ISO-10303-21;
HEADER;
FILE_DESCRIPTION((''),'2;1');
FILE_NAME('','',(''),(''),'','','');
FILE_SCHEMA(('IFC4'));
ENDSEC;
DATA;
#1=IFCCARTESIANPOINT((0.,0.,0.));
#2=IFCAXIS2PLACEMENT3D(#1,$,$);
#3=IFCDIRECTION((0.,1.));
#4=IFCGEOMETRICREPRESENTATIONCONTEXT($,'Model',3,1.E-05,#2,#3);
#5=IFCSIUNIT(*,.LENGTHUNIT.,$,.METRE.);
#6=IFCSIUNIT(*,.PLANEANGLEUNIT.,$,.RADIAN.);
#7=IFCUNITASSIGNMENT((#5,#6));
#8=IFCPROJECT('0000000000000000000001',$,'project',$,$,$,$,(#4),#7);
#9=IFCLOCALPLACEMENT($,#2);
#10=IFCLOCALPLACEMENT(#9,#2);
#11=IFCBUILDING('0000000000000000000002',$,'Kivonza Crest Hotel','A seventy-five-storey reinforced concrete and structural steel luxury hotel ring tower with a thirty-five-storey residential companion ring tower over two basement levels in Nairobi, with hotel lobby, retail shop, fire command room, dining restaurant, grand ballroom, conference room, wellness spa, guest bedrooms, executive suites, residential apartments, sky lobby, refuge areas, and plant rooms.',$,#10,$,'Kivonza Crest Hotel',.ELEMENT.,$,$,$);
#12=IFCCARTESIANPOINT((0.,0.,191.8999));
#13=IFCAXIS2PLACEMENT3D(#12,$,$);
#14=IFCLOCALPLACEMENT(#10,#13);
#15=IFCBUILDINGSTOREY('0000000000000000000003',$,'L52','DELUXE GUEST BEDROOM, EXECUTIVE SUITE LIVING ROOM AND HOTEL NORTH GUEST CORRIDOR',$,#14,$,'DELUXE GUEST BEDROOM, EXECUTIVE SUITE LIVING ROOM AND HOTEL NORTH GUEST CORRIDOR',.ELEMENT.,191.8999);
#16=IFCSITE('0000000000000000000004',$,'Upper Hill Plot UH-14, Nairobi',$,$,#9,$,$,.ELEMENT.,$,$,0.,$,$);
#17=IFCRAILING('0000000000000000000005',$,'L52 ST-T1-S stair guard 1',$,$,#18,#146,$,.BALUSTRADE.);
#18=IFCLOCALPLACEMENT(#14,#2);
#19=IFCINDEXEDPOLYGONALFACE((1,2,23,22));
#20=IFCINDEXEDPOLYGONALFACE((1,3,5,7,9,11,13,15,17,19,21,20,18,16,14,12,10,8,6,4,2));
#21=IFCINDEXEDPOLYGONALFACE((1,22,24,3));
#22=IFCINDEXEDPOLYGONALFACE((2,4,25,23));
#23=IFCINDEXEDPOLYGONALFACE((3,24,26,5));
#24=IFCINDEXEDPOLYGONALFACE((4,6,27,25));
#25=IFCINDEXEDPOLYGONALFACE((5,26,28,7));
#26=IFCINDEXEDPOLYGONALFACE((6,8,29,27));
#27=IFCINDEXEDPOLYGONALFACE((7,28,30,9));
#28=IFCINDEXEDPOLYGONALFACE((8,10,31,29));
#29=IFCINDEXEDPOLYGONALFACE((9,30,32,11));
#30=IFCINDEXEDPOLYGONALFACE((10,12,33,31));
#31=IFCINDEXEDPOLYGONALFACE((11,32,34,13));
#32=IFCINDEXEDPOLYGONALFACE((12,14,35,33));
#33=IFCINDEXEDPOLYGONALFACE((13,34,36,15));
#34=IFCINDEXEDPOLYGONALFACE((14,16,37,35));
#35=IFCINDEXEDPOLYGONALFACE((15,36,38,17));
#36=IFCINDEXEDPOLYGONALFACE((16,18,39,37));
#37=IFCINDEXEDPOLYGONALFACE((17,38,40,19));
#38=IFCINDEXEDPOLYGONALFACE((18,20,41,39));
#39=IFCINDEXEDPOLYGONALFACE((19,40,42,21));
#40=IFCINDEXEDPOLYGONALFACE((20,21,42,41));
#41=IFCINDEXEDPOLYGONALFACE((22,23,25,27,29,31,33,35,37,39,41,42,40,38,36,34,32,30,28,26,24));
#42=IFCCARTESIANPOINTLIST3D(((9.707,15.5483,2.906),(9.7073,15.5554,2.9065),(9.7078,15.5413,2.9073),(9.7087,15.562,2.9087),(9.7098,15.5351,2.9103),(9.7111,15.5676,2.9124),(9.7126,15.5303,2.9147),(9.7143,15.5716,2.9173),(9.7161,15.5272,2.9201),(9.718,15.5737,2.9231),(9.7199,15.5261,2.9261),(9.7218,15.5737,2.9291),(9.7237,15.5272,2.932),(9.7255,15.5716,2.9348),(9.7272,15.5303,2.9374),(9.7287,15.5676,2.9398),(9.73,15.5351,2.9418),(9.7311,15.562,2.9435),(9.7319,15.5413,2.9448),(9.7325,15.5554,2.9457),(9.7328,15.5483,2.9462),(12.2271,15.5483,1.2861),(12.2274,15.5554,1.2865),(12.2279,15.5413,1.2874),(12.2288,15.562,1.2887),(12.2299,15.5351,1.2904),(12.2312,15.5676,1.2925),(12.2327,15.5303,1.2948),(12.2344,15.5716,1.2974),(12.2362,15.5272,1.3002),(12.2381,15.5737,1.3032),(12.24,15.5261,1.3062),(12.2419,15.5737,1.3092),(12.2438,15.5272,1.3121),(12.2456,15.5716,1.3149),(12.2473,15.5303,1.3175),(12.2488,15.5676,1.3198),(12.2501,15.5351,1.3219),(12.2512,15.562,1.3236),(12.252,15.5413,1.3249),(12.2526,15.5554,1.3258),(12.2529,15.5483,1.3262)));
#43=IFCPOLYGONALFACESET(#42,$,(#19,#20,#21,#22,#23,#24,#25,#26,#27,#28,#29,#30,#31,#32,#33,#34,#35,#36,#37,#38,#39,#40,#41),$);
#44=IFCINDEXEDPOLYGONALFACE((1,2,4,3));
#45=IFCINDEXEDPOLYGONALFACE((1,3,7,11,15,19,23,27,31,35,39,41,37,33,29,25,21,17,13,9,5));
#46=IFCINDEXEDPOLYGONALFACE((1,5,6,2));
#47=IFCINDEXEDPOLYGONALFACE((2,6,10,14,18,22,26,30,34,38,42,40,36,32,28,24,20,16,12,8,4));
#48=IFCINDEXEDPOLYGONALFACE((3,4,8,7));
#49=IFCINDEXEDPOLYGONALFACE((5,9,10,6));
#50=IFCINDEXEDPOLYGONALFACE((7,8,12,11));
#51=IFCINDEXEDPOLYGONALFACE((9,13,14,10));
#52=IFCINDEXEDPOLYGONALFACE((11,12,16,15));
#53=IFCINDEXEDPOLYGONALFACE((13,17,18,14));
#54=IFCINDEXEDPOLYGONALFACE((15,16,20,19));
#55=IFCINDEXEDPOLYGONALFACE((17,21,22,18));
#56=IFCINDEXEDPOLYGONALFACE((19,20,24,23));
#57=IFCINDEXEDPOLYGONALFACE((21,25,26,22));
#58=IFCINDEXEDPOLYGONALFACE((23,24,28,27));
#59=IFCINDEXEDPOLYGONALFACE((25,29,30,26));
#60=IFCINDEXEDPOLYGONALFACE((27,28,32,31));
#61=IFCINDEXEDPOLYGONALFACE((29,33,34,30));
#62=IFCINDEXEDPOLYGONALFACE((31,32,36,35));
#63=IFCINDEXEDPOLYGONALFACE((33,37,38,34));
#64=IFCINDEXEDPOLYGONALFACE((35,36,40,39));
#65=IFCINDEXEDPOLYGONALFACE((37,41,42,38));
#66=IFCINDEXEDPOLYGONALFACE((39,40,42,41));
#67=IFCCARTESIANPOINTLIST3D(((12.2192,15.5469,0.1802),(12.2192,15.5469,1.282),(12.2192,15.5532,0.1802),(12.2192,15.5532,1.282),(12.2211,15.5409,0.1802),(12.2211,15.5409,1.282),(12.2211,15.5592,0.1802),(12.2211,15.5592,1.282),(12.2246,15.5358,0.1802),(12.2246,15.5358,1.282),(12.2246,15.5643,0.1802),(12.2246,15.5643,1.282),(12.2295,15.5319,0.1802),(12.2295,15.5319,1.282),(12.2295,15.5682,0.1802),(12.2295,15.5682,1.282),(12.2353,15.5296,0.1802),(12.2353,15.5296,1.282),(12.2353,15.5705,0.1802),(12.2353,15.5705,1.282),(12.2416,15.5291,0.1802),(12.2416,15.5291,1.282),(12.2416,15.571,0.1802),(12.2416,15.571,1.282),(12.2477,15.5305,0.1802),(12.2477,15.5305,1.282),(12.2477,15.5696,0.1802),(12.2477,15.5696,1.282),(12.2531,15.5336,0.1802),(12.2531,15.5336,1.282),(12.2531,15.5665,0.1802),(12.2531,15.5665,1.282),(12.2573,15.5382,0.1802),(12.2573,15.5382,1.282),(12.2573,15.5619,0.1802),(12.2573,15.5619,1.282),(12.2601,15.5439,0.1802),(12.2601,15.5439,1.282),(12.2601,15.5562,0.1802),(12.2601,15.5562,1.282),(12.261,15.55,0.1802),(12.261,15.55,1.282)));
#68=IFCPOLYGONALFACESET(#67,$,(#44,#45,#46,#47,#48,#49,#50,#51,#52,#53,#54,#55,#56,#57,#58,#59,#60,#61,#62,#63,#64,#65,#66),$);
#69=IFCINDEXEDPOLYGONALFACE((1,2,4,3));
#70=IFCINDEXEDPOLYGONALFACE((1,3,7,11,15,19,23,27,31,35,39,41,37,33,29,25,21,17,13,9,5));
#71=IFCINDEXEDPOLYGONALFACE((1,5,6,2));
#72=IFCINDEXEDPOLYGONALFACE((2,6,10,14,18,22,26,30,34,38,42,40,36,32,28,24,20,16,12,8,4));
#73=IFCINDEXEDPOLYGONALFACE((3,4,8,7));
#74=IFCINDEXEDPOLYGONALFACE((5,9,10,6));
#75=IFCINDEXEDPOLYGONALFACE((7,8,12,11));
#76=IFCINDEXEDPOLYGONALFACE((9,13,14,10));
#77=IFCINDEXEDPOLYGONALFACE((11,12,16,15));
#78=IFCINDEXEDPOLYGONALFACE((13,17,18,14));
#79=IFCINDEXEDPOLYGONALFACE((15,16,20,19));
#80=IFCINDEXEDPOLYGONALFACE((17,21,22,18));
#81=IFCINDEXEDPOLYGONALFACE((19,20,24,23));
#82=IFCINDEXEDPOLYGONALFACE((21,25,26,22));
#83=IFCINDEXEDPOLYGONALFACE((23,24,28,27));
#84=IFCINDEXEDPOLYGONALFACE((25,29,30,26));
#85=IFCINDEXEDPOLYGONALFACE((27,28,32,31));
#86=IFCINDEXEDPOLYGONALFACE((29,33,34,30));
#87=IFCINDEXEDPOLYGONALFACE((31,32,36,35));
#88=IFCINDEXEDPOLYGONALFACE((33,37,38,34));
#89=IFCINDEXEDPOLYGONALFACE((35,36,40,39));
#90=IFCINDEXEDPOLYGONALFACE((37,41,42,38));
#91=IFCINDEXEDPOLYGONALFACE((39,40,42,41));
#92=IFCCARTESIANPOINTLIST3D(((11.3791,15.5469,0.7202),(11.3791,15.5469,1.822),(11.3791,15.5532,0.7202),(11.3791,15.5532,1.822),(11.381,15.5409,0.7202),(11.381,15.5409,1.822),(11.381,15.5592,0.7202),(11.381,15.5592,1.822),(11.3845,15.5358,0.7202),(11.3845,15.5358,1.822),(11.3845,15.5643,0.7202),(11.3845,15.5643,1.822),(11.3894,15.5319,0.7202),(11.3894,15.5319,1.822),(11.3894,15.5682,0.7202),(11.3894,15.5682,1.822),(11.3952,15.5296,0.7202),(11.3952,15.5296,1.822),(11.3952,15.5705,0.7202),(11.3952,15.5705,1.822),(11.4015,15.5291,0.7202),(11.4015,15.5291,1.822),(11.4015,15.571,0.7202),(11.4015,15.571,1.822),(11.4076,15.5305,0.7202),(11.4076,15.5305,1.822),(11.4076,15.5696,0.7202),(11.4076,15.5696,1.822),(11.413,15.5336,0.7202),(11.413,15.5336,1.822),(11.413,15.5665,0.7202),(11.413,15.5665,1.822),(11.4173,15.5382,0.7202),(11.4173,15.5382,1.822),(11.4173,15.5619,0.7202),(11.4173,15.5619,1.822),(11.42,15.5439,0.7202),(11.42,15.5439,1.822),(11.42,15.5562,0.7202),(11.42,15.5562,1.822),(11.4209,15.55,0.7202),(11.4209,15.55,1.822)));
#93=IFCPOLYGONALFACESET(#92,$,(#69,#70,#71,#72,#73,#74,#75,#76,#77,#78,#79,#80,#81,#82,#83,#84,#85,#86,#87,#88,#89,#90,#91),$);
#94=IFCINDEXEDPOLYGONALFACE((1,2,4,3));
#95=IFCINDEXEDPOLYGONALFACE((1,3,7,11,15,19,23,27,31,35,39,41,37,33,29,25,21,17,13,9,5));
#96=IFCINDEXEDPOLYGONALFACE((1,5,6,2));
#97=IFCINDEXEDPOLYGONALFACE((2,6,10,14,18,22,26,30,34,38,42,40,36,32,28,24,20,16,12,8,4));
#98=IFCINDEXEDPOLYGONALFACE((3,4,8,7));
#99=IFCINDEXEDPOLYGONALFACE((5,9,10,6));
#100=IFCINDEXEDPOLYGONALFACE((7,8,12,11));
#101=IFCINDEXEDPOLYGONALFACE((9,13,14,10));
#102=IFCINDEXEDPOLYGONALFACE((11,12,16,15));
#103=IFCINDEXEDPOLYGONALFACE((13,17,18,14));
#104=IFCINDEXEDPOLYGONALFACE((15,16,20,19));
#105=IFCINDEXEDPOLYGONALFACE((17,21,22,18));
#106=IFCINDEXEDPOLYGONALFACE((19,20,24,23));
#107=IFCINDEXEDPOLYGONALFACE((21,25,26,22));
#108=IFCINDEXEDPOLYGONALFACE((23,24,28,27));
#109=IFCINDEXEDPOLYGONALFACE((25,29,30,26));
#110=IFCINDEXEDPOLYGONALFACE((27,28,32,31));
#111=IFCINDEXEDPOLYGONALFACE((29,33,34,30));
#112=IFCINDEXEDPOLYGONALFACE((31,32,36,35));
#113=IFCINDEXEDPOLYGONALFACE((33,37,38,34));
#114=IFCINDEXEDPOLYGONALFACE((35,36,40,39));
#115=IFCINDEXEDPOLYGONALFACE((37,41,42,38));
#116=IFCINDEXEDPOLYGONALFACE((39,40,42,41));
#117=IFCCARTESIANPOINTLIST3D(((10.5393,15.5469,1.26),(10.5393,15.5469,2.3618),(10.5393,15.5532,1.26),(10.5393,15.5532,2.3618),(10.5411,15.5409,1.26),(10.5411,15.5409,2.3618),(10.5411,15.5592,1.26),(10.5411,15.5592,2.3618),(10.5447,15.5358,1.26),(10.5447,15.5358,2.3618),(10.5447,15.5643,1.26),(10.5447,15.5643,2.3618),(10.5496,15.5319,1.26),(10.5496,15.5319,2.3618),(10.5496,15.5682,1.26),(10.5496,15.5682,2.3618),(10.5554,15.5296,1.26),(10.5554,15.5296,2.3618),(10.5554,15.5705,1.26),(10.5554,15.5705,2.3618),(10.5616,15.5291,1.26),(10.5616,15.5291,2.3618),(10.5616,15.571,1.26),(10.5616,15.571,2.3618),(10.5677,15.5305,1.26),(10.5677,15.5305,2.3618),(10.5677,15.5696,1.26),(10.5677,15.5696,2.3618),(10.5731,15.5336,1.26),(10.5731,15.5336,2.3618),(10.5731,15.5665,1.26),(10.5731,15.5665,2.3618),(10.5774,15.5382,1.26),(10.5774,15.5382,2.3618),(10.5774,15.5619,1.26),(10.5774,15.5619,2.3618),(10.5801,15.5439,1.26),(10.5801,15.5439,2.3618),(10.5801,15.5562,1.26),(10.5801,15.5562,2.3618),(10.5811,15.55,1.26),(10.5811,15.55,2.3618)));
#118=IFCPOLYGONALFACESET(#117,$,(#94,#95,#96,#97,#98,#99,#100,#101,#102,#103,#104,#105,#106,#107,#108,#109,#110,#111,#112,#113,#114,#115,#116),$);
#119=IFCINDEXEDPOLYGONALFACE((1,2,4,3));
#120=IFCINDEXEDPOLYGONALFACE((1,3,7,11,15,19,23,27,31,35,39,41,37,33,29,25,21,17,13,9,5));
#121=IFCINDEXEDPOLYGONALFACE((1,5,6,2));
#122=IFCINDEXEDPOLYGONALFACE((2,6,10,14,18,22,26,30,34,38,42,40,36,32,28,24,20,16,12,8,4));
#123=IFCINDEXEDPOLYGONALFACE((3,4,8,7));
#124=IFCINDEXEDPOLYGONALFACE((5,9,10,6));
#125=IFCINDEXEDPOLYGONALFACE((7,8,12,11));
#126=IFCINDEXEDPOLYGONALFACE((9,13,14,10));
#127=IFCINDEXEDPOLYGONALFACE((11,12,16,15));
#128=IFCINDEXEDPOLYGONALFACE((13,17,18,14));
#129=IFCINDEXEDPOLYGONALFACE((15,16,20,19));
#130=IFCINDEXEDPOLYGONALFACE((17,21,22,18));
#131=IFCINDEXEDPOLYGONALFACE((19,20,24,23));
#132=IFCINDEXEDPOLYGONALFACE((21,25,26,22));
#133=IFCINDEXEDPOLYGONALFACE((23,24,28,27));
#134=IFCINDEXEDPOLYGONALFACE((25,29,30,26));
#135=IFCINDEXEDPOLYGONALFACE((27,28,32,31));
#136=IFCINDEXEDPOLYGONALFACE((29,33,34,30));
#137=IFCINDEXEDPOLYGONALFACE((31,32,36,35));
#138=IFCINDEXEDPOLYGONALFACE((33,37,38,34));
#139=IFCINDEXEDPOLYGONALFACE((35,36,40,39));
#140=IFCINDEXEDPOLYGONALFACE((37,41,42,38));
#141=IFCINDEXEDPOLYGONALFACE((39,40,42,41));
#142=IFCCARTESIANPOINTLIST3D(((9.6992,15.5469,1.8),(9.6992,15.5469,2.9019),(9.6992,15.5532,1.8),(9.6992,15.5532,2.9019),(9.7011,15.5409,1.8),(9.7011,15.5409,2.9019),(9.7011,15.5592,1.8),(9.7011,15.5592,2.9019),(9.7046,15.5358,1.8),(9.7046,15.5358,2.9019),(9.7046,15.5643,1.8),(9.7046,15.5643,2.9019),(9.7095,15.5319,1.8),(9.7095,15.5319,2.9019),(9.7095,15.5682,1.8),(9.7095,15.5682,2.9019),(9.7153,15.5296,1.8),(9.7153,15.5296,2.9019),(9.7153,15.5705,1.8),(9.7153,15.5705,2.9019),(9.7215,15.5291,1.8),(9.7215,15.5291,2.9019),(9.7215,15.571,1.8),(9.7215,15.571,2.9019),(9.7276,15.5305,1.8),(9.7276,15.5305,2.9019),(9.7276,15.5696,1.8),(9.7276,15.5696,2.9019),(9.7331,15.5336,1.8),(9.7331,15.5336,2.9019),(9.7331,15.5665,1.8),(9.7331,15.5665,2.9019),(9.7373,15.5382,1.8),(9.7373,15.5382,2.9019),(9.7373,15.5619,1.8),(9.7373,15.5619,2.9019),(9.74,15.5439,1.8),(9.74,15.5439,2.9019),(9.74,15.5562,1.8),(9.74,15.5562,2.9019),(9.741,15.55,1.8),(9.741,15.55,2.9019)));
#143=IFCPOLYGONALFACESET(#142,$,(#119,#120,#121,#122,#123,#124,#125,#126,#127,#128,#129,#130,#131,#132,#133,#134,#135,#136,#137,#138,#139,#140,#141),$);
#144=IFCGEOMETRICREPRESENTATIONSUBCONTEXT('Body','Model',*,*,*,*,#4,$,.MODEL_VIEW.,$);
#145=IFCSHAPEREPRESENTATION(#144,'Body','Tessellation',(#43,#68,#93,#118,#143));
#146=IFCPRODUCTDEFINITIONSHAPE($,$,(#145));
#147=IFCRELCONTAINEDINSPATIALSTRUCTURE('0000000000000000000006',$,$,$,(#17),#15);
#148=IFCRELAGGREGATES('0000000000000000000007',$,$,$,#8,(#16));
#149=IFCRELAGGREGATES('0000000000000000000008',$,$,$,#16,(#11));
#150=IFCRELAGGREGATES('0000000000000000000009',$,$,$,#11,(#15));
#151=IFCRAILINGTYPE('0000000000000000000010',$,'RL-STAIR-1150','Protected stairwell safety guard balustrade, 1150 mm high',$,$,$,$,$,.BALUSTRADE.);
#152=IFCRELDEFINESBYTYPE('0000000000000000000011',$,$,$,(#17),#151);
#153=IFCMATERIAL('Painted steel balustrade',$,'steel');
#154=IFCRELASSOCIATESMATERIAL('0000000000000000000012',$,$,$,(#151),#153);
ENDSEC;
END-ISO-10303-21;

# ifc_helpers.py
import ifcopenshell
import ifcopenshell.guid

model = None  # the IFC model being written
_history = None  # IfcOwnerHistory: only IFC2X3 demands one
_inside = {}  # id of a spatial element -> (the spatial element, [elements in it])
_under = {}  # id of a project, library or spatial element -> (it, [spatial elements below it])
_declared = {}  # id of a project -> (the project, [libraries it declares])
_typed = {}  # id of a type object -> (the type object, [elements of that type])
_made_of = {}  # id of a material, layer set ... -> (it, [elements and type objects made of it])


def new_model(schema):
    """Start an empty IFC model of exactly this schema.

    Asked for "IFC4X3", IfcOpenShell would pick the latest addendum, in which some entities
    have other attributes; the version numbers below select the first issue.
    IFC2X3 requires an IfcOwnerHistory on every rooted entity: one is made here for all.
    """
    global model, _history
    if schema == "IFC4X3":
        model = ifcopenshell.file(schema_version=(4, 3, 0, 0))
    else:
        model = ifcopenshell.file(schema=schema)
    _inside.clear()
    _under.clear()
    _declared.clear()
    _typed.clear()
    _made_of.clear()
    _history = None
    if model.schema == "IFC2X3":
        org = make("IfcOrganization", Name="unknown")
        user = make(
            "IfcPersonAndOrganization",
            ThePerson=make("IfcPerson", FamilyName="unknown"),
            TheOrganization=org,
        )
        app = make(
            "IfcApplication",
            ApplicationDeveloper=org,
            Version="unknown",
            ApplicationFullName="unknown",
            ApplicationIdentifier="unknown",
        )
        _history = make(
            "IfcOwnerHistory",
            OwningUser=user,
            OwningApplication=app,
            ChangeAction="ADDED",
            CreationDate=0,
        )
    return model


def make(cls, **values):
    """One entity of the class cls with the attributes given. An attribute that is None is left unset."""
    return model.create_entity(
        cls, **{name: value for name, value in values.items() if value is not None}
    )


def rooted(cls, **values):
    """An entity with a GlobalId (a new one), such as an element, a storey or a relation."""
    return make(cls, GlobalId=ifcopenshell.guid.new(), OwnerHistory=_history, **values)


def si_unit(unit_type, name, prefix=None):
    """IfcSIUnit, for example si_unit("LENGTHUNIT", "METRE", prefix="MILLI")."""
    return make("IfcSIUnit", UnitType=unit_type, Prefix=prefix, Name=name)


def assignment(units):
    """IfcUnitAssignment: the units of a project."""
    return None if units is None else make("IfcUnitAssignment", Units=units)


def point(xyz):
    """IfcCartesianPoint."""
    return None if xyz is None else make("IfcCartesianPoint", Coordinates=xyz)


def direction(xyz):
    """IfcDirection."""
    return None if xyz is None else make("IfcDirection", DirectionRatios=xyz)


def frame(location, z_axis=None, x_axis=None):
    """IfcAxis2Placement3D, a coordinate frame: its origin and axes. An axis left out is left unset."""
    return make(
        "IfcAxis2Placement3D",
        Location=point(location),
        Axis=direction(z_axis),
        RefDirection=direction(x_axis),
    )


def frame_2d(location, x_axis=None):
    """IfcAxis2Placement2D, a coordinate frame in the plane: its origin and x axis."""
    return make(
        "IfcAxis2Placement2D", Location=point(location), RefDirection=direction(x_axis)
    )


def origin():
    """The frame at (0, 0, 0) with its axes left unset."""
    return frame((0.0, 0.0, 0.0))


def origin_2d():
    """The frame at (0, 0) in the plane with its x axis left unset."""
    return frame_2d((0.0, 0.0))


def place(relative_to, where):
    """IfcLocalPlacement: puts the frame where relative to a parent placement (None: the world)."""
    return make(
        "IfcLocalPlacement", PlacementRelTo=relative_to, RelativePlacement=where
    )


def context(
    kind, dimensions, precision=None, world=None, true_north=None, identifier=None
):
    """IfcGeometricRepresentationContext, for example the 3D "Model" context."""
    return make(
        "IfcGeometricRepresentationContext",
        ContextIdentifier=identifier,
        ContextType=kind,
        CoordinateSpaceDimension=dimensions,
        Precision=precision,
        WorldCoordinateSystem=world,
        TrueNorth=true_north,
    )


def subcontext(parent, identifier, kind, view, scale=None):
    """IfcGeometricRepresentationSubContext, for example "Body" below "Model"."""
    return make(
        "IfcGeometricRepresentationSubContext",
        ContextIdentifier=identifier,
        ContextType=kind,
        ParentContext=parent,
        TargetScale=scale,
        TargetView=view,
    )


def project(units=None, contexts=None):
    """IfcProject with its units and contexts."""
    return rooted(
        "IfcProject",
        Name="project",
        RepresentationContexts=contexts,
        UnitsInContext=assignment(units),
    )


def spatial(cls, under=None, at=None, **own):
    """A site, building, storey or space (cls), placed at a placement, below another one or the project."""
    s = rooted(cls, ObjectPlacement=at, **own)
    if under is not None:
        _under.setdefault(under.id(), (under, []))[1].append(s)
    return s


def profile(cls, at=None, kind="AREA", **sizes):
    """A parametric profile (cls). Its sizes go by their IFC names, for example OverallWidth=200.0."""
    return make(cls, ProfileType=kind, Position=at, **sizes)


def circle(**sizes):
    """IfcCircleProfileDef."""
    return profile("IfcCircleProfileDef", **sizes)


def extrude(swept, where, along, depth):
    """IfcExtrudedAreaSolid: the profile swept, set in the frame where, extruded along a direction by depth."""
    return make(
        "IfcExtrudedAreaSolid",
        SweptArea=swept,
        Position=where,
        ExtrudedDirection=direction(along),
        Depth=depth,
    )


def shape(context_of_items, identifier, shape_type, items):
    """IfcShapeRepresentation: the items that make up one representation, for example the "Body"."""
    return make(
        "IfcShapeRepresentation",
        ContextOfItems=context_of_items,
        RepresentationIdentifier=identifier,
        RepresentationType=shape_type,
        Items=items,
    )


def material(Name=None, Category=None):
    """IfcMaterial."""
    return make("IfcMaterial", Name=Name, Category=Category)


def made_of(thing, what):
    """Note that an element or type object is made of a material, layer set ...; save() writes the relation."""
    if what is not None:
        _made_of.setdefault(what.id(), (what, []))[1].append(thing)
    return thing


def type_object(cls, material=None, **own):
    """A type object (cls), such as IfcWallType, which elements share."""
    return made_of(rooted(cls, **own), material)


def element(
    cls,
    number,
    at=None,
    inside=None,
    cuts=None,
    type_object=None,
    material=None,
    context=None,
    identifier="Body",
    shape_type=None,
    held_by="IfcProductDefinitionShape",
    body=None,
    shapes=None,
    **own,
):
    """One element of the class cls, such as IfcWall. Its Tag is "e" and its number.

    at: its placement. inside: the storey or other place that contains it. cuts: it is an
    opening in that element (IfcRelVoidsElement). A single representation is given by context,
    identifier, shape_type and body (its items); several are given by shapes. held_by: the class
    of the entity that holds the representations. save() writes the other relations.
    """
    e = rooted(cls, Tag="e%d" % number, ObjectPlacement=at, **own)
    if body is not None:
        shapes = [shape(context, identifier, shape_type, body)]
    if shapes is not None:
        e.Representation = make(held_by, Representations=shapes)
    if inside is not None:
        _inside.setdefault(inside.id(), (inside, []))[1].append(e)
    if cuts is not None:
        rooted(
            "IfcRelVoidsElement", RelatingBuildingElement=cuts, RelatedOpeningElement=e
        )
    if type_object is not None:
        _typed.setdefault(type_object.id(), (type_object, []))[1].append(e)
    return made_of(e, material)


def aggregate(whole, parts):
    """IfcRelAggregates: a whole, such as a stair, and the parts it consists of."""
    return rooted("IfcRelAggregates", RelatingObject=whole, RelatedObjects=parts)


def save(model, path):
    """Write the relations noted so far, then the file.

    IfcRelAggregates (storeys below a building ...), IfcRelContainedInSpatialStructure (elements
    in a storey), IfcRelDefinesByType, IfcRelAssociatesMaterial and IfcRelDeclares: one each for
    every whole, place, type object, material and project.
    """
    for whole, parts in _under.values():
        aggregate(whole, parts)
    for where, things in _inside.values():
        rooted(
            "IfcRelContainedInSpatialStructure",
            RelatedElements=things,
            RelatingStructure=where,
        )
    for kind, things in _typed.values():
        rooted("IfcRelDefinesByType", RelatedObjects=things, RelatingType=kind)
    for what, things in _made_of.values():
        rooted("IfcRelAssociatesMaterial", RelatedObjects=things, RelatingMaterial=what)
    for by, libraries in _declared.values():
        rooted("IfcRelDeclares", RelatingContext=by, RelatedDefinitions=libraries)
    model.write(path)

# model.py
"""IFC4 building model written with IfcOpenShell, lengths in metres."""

from ifc_helpers import new_model, si_unit, direction, frame, origin, origin_2d, place, context, subcontext, project, spatial, circle, extrude, material, type_object, element, save


model = new_model("IFC4")

# Units and contexts
model_context = context("Model", 3, precision=1e-05, world=origin(), true_north=direction((0.0, 1.0)))
body_context = subcontext(model_context, "Body", "Model", "MODEL_VIEW")
ifc_project = project(units=[si_unit("LENGTHUNIT", "METRE"), si_unit("PLANEANGLEUNIT", "RADIAN")], contexts=[model_context])

# Site, building, storey
site_placement = place(None, origin())
site = spatial("IfcSite", under=ifc_project, at=site_placement, Name="Upper Hill Plot UH-14, Nairobi", CompositionType="ELEMENT", RefElevation=0.0)
building_placement = place(site_placement, origin())
building = spatial("IfcBuilding", under=site, at=building_placement, Name="Kivonza Crest Hotel", Description="A seventy-five-storey reinforced concrete and structural steel luxury hotel ring tower with a thirty-five-storey residential companion ring tower over two basement levels in Nairobi, with hotel lobby, retail shop, fire command room, dining restaurant, grand ballroom, conference room, wellness spa, guest bedrooms, executive suites, residential apartments, sky lobby, refuge areas, and plant rooms.", LongName="Kivonza Crest Hotel", CompositionType="ELEMENT")
storey_placement = place(building_placement, frame((0.0, 0.0, 191.8999)))
storey = spatial("IfcBuildingStorey", under=building, at=storey_placement, Name="L52", Description="DELUXE GUEST BEDROOM, EXECUTIVE SUITE LIVING ROOM AND HOTEL NORTH GUEST CORRIDOR", LongName="DELUXE GUEST BEDROOM, EXECUTIVE SUITE LIVING ROOM AND HOTEL NORTH GUEST CORRIDOR", CompositionType="ELEMENT", Elevation=191.8999)

# Railing
ifc_material_1 = material(Name="Painted steel balustrade", Category="steel")
railing_type_1 = type_object("IfcRailingType", Name="RL-STAIR-1150", Description="Protected stairwell safety guard balustrade, 1150 mm high", PredefinedType="BALUSTRADE", material=ifc_material_1)
railing_1_placement = place(storey_placement, frame((12.24, 15.55, 0.1802)))
element("IfcRailing", 1, at=railing_1_placement, inside=storey, type_object=railing_type_1, Name="L52 ST-T1-S stair guard 1", PredefinedType="BALUSTRADE", context=body_context, shape_type="SweptSolid", body=[
    extrude(circle(Radius=0.0239, at=origin_2d()), frame((0.0, 0.0, 1.126), z_axis=(-0.8412, 0.0, 0.540725), x_axis=(0.0, -1.0, 0.0)), (0.0, 0.0, 1.0), 2.9958),
    extrude(circle(Radius=0.021, at=origin_2d()), origin(), (0.0, 0.0, 1.0), 1.1018),
    extrude(circle(Radius=0.021, at=origin_2d()), frame((-0.8401, 0.0, 0.54)), (0.0, 0.0, 1.0), 1.1018),
    extrude(circle(Radius=0.021, at=origin_2d()), frame((-1.6799, 0.0, 1.0798)), (0.0, 0.0, 1.0), 1.1018),
    extrude(circle(Radius=0.021, at=origin_2d()), frame((-2.52, 0.0, 1.6199)), (0.0, 0.0, 1.0), 1.1018),
])

save(model, "model.ifc")
